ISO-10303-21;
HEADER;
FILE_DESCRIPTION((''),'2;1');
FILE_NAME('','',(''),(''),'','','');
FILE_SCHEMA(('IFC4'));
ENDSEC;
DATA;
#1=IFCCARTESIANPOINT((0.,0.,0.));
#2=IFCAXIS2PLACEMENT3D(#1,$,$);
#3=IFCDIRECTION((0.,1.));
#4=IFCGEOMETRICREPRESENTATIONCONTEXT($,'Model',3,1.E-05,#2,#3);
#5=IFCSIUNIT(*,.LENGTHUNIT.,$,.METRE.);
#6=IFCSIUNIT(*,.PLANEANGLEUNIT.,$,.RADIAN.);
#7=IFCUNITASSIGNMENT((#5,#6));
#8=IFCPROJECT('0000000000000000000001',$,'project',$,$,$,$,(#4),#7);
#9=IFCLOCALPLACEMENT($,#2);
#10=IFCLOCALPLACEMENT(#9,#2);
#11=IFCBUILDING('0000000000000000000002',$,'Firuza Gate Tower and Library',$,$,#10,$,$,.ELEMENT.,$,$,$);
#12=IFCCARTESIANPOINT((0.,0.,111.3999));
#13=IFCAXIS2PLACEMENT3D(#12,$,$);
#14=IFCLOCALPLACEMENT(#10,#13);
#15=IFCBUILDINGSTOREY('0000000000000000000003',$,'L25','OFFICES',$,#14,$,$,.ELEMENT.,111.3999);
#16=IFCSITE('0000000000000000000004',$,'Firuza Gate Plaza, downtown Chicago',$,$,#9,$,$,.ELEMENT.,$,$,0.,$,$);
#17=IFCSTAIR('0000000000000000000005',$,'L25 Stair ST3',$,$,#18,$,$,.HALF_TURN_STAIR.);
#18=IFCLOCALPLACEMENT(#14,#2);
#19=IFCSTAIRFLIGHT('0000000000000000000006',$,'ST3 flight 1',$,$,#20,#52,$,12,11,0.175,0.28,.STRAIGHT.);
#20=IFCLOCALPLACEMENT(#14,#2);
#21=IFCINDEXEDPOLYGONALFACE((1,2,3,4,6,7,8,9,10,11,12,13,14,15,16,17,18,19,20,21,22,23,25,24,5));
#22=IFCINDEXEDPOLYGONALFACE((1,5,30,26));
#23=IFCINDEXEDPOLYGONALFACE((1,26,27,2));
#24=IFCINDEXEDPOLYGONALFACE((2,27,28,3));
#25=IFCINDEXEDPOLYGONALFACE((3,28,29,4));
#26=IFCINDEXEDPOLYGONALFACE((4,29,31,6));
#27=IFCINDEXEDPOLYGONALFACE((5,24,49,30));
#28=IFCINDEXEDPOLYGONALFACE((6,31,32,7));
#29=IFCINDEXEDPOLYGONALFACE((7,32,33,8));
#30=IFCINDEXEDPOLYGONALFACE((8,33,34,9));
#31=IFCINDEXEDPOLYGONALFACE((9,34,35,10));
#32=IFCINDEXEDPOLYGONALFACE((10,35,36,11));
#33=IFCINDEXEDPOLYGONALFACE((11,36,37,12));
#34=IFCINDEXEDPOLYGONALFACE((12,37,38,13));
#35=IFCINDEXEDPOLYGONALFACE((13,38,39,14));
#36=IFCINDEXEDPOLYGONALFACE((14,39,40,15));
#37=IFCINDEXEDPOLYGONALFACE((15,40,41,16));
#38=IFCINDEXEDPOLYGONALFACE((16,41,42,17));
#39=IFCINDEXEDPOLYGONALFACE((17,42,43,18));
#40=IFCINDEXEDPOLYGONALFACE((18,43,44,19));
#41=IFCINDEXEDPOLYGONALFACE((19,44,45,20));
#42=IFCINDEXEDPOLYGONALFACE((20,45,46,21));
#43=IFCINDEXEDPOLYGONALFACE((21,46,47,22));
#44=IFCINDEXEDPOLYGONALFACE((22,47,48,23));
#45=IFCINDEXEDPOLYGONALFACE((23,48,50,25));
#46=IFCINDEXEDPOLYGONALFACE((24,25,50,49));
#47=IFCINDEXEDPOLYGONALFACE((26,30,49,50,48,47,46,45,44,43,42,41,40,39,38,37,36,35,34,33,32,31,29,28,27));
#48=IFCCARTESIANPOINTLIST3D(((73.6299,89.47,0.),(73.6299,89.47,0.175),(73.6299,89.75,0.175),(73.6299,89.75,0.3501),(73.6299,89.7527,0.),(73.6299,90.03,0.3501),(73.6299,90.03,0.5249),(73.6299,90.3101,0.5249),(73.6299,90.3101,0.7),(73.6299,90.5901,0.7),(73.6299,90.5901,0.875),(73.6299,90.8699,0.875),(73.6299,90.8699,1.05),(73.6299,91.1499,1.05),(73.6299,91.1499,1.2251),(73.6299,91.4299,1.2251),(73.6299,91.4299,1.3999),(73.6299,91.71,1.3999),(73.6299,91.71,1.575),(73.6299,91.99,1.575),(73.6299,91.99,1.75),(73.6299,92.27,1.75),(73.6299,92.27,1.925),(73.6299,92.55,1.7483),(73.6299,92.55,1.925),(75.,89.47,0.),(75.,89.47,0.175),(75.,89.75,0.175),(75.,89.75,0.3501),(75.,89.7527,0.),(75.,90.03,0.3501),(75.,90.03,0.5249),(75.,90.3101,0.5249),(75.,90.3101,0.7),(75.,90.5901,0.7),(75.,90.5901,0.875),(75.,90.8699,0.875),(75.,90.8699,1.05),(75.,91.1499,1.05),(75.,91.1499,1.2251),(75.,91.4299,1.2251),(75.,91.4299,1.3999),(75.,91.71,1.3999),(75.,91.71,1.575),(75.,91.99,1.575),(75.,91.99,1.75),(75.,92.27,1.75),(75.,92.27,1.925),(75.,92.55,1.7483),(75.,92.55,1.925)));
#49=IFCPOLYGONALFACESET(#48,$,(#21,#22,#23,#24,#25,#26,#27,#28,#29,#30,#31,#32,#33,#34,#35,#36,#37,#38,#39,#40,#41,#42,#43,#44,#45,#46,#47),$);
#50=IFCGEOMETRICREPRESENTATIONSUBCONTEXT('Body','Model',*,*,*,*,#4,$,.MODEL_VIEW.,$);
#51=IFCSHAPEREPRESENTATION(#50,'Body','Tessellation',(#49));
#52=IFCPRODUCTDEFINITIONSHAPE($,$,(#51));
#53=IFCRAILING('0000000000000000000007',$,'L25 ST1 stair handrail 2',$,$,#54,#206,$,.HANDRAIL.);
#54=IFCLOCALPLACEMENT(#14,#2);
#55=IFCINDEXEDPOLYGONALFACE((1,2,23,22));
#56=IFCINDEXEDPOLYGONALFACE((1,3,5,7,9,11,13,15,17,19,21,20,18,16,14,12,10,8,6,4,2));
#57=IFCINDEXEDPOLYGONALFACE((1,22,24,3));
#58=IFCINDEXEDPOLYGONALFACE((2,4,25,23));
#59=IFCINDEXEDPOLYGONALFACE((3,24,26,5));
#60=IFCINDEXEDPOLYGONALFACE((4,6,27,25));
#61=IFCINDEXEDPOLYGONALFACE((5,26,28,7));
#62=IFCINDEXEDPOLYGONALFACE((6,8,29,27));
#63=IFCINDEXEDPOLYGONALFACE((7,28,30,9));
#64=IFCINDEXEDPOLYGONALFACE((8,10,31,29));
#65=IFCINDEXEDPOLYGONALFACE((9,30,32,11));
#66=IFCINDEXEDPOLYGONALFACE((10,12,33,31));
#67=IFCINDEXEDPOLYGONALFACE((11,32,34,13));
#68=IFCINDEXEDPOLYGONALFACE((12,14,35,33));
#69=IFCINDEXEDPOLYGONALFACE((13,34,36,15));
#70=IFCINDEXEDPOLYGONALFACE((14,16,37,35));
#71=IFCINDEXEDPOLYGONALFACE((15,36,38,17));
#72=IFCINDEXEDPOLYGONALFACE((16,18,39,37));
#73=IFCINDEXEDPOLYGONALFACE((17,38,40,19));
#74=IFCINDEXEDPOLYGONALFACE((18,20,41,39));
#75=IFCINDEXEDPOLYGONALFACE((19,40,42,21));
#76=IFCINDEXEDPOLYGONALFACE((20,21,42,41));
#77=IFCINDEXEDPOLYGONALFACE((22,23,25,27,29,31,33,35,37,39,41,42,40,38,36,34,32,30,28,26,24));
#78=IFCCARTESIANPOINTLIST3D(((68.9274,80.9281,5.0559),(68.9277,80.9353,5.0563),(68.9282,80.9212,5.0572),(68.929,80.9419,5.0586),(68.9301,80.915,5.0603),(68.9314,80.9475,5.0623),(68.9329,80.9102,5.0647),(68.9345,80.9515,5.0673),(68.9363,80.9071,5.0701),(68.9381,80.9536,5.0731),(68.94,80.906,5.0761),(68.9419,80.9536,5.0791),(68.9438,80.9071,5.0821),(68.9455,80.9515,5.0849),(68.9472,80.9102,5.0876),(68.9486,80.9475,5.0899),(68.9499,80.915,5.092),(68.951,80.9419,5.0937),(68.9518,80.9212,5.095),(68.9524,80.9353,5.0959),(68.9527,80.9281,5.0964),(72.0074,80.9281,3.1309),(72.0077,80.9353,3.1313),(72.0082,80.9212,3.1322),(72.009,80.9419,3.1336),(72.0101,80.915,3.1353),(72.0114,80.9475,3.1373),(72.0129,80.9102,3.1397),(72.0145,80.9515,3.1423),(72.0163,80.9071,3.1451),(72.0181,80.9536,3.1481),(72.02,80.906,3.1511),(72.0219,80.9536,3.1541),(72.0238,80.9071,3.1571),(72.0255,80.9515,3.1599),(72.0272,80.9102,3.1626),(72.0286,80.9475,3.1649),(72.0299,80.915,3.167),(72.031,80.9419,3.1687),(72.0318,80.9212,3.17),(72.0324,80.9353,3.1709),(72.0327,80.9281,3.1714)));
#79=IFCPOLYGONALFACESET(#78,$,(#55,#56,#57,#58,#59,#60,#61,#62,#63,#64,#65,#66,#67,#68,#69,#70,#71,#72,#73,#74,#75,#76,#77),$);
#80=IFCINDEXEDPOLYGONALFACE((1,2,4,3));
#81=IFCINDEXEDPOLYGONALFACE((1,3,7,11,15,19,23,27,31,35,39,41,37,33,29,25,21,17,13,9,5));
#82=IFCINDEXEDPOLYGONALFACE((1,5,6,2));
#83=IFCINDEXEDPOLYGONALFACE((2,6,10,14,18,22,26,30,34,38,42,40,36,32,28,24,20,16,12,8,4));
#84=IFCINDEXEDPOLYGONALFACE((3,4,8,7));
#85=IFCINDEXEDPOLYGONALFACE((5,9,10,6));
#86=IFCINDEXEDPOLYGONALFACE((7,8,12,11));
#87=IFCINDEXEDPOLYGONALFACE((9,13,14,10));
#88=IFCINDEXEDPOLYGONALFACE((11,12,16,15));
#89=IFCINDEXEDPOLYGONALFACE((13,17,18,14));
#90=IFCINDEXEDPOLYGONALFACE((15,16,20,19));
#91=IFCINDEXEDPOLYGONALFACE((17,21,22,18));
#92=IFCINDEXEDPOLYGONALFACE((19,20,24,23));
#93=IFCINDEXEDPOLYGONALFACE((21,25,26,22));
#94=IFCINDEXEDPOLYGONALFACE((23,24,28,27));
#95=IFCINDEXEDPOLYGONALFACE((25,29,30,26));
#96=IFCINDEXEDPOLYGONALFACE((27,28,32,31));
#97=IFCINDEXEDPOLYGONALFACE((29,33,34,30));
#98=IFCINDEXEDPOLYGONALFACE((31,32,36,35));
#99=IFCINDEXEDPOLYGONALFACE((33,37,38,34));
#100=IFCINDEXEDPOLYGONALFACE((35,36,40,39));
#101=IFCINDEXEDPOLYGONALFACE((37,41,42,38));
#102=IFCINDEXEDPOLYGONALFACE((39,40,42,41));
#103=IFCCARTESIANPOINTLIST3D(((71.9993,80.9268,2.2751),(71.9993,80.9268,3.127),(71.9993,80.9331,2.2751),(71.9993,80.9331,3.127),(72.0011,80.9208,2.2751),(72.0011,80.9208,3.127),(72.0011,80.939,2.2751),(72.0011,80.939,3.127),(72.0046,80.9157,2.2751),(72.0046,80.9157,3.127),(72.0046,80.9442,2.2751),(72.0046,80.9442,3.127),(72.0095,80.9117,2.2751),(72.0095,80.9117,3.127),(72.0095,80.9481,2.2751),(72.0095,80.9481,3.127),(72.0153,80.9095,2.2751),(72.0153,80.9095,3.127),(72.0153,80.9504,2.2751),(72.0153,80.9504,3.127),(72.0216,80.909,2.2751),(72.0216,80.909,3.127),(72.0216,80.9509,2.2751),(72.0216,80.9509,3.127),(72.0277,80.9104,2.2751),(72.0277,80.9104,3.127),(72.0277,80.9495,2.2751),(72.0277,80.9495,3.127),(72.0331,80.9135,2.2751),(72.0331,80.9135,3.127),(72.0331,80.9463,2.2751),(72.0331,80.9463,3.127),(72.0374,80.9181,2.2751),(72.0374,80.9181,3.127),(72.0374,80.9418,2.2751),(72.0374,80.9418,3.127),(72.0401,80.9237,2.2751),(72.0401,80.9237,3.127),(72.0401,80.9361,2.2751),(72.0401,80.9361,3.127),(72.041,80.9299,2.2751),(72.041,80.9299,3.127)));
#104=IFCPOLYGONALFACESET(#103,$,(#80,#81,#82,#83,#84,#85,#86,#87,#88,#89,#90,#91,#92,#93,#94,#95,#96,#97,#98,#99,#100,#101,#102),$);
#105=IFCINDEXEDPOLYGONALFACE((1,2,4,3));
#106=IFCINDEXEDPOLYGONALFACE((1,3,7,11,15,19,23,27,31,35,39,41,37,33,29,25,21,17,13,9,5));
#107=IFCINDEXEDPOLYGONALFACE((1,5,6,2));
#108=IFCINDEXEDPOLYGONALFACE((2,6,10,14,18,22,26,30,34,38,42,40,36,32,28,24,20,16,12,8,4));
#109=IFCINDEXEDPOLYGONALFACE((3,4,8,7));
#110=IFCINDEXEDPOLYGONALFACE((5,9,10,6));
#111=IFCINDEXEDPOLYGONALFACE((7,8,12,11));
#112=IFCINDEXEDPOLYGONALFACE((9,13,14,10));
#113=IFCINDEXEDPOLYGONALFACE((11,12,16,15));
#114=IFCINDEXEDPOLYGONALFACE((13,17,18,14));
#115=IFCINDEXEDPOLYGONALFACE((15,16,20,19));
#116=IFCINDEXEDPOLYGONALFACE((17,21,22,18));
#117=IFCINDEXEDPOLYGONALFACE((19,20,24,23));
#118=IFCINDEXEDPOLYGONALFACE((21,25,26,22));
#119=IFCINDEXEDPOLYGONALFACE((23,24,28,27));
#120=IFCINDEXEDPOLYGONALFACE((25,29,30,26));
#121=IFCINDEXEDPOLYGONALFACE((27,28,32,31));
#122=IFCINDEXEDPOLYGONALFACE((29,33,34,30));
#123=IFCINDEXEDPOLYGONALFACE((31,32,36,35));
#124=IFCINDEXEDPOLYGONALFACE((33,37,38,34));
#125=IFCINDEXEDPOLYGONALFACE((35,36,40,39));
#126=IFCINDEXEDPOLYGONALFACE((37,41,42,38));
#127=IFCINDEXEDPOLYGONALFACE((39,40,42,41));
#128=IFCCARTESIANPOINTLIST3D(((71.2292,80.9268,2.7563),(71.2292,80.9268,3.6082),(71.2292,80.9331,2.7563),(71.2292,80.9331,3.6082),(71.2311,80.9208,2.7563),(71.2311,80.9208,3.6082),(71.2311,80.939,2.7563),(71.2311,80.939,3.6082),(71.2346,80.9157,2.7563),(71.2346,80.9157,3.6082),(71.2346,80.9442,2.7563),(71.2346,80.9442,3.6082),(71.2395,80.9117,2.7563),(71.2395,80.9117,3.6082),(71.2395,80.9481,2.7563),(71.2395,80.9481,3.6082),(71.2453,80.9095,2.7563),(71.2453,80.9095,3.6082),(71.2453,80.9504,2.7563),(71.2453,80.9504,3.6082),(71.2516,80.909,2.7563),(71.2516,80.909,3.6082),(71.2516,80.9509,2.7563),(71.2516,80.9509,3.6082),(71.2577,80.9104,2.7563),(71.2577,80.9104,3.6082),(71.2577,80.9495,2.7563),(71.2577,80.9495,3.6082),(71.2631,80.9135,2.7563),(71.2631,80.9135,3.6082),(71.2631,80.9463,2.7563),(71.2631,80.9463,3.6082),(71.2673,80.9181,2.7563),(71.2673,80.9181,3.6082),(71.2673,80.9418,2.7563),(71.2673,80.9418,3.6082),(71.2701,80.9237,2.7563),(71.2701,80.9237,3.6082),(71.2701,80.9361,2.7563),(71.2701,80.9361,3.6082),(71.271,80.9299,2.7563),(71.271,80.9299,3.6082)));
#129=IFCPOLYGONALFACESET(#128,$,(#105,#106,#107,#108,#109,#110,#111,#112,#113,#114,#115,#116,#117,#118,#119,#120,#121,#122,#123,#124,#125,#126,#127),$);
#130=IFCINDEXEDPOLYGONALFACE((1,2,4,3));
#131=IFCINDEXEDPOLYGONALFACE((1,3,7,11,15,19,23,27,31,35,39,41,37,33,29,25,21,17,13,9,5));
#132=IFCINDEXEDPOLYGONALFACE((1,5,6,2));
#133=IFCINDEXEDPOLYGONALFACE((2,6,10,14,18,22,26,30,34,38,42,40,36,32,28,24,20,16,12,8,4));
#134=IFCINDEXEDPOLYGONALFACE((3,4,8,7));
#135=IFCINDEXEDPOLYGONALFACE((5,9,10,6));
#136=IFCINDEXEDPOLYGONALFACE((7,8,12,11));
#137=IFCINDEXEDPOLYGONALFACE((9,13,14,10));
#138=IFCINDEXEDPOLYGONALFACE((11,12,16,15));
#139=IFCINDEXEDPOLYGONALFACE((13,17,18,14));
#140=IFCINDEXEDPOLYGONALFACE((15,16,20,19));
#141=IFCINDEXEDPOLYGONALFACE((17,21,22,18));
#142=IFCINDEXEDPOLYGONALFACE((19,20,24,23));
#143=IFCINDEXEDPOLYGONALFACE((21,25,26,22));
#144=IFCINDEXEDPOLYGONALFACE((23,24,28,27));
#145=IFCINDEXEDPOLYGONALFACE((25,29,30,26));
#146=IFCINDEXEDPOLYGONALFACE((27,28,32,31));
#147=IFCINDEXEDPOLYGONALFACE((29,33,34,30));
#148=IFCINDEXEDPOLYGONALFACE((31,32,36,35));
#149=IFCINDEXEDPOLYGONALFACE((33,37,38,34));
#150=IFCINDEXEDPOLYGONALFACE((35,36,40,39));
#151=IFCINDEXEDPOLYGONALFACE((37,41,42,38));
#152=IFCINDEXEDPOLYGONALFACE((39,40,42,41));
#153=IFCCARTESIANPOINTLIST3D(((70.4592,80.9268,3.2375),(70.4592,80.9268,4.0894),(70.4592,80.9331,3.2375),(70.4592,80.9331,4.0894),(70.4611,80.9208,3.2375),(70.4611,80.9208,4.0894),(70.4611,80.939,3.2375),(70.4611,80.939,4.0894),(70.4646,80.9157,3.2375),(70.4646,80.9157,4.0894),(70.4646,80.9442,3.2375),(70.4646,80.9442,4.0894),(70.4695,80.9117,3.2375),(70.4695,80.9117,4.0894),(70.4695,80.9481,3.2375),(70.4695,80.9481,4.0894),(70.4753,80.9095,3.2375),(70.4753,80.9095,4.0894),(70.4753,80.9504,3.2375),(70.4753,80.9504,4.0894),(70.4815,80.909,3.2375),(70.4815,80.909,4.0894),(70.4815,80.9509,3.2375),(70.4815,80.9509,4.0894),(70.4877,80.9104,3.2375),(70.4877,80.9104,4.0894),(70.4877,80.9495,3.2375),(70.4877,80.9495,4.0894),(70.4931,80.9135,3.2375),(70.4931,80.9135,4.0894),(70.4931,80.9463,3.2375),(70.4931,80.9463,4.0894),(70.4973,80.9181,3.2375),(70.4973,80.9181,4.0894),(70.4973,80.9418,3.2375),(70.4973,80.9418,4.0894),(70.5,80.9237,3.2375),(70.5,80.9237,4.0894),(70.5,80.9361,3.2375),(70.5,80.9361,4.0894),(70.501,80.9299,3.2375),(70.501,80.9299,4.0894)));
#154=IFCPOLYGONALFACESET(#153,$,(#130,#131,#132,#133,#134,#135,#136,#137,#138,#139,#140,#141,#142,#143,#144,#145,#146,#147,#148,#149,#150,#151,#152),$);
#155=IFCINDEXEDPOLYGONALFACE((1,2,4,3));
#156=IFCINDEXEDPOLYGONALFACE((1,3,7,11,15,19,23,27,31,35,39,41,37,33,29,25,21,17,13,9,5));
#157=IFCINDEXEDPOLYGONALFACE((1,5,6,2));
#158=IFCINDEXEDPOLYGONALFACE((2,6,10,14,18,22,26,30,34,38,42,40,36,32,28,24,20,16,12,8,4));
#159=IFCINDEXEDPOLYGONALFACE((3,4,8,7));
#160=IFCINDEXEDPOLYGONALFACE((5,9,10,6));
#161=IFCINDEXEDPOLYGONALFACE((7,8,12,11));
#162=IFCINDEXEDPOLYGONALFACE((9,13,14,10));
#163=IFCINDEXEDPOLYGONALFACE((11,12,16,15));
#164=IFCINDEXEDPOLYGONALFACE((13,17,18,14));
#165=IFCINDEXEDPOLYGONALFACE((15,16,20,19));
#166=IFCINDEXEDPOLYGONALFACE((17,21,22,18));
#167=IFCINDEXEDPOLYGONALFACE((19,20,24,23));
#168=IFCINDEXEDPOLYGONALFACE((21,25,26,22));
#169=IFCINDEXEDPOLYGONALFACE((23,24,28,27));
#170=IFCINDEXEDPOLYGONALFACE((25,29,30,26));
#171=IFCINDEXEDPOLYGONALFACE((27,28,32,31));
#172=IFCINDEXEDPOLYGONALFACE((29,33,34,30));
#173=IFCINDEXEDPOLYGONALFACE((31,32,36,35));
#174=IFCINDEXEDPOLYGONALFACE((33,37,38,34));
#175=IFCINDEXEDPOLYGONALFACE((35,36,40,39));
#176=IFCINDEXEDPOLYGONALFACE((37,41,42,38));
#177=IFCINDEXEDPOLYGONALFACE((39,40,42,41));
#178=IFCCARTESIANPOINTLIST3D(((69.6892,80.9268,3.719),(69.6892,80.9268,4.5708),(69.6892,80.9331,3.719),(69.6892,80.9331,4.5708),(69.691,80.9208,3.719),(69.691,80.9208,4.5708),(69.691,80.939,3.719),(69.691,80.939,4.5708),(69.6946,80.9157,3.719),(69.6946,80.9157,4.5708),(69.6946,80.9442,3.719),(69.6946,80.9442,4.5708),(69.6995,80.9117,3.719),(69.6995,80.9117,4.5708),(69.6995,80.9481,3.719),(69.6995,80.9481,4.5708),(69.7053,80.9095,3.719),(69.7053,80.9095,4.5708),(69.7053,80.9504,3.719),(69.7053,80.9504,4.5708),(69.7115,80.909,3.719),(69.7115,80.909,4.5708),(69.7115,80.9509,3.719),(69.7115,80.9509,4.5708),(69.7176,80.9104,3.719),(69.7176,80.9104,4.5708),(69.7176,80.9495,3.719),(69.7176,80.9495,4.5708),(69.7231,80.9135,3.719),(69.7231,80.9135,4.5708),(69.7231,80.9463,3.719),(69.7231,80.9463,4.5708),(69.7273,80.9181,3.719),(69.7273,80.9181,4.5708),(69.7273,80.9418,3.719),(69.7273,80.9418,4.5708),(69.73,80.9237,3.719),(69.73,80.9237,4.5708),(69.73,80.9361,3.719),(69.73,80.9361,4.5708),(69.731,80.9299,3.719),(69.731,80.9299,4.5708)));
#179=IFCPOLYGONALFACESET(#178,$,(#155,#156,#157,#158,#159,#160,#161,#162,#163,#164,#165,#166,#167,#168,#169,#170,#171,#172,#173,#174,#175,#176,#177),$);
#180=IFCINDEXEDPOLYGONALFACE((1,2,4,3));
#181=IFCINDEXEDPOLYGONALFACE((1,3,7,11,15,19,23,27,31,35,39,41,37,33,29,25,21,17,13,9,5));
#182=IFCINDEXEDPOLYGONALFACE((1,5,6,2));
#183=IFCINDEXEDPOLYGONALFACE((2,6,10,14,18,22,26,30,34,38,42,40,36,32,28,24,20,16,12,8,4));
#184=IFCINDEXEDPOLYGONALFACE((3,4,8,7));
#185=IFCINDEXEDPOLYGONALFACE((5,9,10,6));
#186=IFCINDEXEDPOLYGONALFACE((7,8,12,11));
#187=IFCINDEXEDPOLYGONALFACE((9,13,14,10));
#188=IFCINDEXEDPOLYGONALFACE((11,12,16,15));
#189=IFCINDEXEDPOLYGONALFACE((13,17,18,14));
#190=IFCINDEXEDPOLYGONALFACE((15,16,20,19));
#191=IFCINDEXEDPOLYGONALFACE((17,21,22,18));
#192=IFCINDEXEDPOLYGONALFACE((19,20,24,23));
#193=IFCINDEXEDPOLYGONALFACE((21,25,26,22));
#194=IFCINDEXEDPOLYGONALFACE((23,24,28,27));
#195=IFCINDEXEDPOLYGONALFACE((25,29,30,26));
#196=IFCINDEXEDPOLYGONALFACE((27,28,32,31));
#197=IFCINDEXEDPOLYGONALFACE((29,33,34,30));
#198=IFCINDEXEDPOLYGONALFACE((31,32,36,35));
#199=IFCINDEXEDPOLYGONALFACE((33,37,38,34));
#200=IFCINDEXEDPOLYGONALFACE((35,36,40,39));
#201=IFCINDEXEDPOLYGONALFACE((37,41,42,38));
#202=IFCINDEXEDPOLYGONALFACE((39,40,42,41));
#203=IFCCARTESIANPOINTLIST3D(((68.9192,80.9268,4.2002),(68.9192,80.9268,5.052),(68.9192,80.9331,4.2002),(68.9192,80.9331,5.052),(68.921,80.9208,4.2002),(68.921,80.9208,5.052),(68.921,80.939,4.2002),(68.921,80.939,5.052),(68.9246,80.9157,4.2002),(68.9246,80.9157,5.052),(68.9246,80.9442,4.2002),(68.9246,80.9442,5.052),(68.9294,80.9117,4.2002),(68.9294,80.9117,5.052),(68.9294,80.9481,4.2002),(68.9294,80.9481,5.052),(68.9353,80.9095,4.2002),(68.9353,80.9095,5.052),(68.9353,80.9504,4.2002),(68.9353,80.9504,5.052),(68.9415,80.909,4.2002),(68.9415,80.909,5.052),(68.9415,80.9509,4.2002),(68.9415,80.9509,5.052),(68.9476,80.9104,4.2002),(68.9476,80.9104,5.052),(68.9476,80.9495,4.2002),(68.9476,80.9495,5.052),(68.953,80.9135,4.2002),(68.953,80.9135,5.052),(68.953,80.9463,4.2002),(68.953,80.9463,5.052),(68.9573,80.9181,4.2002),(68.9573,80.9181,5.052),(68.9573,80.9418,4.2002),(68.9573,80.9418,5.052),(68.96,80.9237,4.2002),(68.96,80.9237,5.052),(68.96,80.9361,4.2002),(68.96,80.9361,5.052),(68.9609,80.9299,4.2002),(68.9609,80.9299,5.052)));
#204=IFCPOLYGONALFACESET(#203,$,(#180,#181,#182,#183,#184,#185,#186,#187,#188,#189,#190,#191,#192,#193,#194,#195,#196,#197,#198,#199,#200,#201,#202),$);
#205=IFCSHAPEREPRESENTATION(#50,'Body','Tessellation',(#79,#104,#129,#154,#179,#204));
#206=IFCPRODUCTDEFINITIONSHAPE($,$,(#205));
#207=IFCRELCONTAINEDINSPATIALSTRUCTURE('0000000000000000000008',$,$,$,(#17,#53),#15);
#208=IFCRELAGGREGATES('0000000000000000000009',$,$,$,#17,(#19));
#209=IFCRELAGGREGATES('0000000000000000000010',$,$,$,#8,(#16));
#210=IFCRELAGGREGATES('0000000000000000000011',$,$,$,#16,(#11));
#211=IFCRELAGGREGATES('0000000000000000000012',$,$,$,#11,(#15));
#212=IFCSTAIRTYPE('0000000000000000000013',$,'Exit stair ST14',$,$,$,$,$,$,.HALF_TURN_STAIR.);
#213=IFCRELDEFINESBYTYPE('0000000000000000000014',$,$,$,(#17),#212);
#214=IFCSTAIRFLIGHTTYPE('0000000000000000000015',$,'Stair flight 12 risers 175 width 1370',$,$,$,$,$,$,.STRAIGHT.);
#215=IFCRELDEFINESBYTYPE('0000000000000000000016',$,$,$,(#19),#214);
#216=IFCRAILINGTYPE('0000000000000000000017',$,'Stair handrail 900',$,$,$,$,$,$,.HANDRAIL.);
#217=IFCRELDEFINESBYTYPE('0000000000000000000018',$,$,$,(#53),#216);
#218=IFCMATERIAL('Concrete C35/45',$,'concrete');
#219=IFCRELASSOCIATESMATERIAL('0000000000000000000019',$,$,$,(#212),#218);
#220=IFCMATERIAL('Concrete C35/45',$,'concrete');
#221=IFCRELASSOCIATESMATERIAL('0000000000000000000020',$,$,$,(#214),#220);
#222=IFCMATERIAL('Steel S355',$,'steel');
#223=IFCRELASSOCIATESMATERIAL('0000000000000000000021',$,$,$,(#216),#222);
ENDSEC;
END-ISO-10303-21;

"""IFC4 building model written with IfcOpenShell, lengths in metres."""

from ifc_helpers import new_model, si_unit, direction, frame, origin, origin_2d, place, context, subcontext, project, spatial, polyline, circle, outline, extrude, material, type_object, element, aggregate, save


model = new_model("IFC4")

# Units and contexts
model_context = context("Model", 3, precision=1e-05, world=origin(), true_north=direction((0.0, 1.0)))
body_context = subcontext(model_context, "Body", "Model", "MODEL_VIEW")
ifc_project = project(units=[si_unit("LENGTHUNIT", "METRE"), si_unit("PLANEANGLEUNIT", "RADIAN")], contexts=[model_context])

# Site, building, storey
site_placement = place(None, origin())
site = spatial("IfcSite", under=ifc_project, at=site_placement, Name="Firuza Gate Plaza, downtown Chicago", CompositionType="ELEMENT", RefElevation=0.0)
building_placement = place(site_placement, origin())
building = spatial("IfcBuilding", under=site, at=building_placement, Name="Firuza Gate Tower and Library", CompositionType="ELEMENT")
storey_placement = place(building_placement, frame((0.0, 0.0, 111.3999)))
storey = spatial("IfcBuildingStorey", under=building, at=storey_placement, Name="L25", Description="OFFICES", CompositionType="ELEMENT", Elevation=111.3999)

# Stair, stair flight
ifc_material_1 = material(Name="Concrete C35/45", Category="concrete")
stair_type = type_object("IfcStairType", Name="Exit stair ST14", PredefinedType="HALF_TURN_STAIR", material=ifc_material_1)
stair_placement = place(storey_placement, origin())
stair = element("IfcStair", 1, at=stair_placement, inside=storey, type_object=stair_type, Name="L25 Stair ST3", PredefinedType="HALF_TURN_STAIR")
ifc_material_2 = material(Name="Concrete C35/45", Category="concrete")
stair_flight_type = type_object("IfcStairFlightType", Name="Stair flight 12 risers 175 width 1370", PredefinedType="STRAIGHT", material=ifc_material_2)
stair_flight_placement = place(storey_placement, frame((74.3149, 89.47, 0.0), z_axis=(0.0, 0.0, 1.0), x_axis=(0.0, 1.0, 0.0)))
stair_flight = element("IfcStairFlight", 2, at=stair_flight_placement, type_object=stair_flight_type, Name="ST3 flight 1", NumberOfRisers=12, NumberOfTreads=11, PredefinedType="STRAIGHT", RiserHeight=0.175, TreadLength=0.28, context=body_context, shape_type="SweptSolid", body=[
    extrude(outline(polyline([(0.0, 0.0), (0.0, 0.175), (0.28, 0.175), (0.28, 0.3501), (0.5601, 0.3501), (0.5601, 0.5249), (0.8401, 0.5249), (0.8401, 0.7), (1.1201, 0.7), (1.1201, 0.875), (1.3999, 0.875), (1.3999, 1.05), (1.6799, 1.05), (1.6799, 1.2251), (1.96, 1.2251), (1.96, 1.3999), (2.24, 1.3999), (2.24, 1.575), (2.52, 1.575), (2.52, 1.75), (2.8, 1.75), (2.8, 1.925), (3.0801, 1.925), (3.0801, 2.1001), (3.0801, 1.7483), (0.2827, 0.0), (0.0, 0.0)])), frame((0.0, 0.6851, 0.0), z_axis=(0.0, -1.0, 0.0), x_axis=(1.0, 0.0, 0.0)), (0.0, 0.0, 1.0), 1.3701),
])
aggregate(stair, [stair_flight])

# Railing
ifc_material_3 = material(Name="Steel S355", Category="steel")
railing_type_1 = type_object("IfcRailingType", Name="Stair handrail 900", PredefinedType="HANDRAIL", material=ifc_material_3)
railing_1_placement = place(storey_placement, frame((72.02, 80.9299, 2.2751)))
element("IfcRailing", 3, at=railing_1_placement, inside=storey, type_object=railing_type_1, Name="L25 ST1 stair handrail 2", PredefinedType="HANDRAIL", context=body_context, shape_type="SweptSolid", body=[
    extrude(circle(Radius=0.0239, at=origin_2d()), frame((0.0, 0.0, 0.876), z_axis=(-0.847998, 0.0, 0.529999), x_axis=(0.0, -1.0, 0.0)), (0.0, 0.0, 1.0), 3.6321),
    extrude(circle(Radius=0.021, at=origin_2d()), origin(), (0.0, 0.0, 1.0), 0.8518),
    extrude(circle(Radius=0.021, at=origin_2d()), frame((-0.77, 0.0, 0.4812)), (0.0, 0.0, 1.0), 0.8518),
    extrude(circle(Radius=0.021, at=origin_2d()), frame((-1.54, 0.0, 0.9624)), (0.0, 0.0, 1.0), 0.8518),
    extrude(circle(Radius=0.021, at=origin_2d()), frame((-2.3101, 0.0, 1.4438)), (0.0, 0.0, 1.0), 0.8518),
    extrude(circle(Radius=0.021, at=origin_2d()), frame((-3.0801, 0.0, 1.925)), (0.0, 0.0, 1.0), 0.8518),
])

save(model, "model.ifc")
